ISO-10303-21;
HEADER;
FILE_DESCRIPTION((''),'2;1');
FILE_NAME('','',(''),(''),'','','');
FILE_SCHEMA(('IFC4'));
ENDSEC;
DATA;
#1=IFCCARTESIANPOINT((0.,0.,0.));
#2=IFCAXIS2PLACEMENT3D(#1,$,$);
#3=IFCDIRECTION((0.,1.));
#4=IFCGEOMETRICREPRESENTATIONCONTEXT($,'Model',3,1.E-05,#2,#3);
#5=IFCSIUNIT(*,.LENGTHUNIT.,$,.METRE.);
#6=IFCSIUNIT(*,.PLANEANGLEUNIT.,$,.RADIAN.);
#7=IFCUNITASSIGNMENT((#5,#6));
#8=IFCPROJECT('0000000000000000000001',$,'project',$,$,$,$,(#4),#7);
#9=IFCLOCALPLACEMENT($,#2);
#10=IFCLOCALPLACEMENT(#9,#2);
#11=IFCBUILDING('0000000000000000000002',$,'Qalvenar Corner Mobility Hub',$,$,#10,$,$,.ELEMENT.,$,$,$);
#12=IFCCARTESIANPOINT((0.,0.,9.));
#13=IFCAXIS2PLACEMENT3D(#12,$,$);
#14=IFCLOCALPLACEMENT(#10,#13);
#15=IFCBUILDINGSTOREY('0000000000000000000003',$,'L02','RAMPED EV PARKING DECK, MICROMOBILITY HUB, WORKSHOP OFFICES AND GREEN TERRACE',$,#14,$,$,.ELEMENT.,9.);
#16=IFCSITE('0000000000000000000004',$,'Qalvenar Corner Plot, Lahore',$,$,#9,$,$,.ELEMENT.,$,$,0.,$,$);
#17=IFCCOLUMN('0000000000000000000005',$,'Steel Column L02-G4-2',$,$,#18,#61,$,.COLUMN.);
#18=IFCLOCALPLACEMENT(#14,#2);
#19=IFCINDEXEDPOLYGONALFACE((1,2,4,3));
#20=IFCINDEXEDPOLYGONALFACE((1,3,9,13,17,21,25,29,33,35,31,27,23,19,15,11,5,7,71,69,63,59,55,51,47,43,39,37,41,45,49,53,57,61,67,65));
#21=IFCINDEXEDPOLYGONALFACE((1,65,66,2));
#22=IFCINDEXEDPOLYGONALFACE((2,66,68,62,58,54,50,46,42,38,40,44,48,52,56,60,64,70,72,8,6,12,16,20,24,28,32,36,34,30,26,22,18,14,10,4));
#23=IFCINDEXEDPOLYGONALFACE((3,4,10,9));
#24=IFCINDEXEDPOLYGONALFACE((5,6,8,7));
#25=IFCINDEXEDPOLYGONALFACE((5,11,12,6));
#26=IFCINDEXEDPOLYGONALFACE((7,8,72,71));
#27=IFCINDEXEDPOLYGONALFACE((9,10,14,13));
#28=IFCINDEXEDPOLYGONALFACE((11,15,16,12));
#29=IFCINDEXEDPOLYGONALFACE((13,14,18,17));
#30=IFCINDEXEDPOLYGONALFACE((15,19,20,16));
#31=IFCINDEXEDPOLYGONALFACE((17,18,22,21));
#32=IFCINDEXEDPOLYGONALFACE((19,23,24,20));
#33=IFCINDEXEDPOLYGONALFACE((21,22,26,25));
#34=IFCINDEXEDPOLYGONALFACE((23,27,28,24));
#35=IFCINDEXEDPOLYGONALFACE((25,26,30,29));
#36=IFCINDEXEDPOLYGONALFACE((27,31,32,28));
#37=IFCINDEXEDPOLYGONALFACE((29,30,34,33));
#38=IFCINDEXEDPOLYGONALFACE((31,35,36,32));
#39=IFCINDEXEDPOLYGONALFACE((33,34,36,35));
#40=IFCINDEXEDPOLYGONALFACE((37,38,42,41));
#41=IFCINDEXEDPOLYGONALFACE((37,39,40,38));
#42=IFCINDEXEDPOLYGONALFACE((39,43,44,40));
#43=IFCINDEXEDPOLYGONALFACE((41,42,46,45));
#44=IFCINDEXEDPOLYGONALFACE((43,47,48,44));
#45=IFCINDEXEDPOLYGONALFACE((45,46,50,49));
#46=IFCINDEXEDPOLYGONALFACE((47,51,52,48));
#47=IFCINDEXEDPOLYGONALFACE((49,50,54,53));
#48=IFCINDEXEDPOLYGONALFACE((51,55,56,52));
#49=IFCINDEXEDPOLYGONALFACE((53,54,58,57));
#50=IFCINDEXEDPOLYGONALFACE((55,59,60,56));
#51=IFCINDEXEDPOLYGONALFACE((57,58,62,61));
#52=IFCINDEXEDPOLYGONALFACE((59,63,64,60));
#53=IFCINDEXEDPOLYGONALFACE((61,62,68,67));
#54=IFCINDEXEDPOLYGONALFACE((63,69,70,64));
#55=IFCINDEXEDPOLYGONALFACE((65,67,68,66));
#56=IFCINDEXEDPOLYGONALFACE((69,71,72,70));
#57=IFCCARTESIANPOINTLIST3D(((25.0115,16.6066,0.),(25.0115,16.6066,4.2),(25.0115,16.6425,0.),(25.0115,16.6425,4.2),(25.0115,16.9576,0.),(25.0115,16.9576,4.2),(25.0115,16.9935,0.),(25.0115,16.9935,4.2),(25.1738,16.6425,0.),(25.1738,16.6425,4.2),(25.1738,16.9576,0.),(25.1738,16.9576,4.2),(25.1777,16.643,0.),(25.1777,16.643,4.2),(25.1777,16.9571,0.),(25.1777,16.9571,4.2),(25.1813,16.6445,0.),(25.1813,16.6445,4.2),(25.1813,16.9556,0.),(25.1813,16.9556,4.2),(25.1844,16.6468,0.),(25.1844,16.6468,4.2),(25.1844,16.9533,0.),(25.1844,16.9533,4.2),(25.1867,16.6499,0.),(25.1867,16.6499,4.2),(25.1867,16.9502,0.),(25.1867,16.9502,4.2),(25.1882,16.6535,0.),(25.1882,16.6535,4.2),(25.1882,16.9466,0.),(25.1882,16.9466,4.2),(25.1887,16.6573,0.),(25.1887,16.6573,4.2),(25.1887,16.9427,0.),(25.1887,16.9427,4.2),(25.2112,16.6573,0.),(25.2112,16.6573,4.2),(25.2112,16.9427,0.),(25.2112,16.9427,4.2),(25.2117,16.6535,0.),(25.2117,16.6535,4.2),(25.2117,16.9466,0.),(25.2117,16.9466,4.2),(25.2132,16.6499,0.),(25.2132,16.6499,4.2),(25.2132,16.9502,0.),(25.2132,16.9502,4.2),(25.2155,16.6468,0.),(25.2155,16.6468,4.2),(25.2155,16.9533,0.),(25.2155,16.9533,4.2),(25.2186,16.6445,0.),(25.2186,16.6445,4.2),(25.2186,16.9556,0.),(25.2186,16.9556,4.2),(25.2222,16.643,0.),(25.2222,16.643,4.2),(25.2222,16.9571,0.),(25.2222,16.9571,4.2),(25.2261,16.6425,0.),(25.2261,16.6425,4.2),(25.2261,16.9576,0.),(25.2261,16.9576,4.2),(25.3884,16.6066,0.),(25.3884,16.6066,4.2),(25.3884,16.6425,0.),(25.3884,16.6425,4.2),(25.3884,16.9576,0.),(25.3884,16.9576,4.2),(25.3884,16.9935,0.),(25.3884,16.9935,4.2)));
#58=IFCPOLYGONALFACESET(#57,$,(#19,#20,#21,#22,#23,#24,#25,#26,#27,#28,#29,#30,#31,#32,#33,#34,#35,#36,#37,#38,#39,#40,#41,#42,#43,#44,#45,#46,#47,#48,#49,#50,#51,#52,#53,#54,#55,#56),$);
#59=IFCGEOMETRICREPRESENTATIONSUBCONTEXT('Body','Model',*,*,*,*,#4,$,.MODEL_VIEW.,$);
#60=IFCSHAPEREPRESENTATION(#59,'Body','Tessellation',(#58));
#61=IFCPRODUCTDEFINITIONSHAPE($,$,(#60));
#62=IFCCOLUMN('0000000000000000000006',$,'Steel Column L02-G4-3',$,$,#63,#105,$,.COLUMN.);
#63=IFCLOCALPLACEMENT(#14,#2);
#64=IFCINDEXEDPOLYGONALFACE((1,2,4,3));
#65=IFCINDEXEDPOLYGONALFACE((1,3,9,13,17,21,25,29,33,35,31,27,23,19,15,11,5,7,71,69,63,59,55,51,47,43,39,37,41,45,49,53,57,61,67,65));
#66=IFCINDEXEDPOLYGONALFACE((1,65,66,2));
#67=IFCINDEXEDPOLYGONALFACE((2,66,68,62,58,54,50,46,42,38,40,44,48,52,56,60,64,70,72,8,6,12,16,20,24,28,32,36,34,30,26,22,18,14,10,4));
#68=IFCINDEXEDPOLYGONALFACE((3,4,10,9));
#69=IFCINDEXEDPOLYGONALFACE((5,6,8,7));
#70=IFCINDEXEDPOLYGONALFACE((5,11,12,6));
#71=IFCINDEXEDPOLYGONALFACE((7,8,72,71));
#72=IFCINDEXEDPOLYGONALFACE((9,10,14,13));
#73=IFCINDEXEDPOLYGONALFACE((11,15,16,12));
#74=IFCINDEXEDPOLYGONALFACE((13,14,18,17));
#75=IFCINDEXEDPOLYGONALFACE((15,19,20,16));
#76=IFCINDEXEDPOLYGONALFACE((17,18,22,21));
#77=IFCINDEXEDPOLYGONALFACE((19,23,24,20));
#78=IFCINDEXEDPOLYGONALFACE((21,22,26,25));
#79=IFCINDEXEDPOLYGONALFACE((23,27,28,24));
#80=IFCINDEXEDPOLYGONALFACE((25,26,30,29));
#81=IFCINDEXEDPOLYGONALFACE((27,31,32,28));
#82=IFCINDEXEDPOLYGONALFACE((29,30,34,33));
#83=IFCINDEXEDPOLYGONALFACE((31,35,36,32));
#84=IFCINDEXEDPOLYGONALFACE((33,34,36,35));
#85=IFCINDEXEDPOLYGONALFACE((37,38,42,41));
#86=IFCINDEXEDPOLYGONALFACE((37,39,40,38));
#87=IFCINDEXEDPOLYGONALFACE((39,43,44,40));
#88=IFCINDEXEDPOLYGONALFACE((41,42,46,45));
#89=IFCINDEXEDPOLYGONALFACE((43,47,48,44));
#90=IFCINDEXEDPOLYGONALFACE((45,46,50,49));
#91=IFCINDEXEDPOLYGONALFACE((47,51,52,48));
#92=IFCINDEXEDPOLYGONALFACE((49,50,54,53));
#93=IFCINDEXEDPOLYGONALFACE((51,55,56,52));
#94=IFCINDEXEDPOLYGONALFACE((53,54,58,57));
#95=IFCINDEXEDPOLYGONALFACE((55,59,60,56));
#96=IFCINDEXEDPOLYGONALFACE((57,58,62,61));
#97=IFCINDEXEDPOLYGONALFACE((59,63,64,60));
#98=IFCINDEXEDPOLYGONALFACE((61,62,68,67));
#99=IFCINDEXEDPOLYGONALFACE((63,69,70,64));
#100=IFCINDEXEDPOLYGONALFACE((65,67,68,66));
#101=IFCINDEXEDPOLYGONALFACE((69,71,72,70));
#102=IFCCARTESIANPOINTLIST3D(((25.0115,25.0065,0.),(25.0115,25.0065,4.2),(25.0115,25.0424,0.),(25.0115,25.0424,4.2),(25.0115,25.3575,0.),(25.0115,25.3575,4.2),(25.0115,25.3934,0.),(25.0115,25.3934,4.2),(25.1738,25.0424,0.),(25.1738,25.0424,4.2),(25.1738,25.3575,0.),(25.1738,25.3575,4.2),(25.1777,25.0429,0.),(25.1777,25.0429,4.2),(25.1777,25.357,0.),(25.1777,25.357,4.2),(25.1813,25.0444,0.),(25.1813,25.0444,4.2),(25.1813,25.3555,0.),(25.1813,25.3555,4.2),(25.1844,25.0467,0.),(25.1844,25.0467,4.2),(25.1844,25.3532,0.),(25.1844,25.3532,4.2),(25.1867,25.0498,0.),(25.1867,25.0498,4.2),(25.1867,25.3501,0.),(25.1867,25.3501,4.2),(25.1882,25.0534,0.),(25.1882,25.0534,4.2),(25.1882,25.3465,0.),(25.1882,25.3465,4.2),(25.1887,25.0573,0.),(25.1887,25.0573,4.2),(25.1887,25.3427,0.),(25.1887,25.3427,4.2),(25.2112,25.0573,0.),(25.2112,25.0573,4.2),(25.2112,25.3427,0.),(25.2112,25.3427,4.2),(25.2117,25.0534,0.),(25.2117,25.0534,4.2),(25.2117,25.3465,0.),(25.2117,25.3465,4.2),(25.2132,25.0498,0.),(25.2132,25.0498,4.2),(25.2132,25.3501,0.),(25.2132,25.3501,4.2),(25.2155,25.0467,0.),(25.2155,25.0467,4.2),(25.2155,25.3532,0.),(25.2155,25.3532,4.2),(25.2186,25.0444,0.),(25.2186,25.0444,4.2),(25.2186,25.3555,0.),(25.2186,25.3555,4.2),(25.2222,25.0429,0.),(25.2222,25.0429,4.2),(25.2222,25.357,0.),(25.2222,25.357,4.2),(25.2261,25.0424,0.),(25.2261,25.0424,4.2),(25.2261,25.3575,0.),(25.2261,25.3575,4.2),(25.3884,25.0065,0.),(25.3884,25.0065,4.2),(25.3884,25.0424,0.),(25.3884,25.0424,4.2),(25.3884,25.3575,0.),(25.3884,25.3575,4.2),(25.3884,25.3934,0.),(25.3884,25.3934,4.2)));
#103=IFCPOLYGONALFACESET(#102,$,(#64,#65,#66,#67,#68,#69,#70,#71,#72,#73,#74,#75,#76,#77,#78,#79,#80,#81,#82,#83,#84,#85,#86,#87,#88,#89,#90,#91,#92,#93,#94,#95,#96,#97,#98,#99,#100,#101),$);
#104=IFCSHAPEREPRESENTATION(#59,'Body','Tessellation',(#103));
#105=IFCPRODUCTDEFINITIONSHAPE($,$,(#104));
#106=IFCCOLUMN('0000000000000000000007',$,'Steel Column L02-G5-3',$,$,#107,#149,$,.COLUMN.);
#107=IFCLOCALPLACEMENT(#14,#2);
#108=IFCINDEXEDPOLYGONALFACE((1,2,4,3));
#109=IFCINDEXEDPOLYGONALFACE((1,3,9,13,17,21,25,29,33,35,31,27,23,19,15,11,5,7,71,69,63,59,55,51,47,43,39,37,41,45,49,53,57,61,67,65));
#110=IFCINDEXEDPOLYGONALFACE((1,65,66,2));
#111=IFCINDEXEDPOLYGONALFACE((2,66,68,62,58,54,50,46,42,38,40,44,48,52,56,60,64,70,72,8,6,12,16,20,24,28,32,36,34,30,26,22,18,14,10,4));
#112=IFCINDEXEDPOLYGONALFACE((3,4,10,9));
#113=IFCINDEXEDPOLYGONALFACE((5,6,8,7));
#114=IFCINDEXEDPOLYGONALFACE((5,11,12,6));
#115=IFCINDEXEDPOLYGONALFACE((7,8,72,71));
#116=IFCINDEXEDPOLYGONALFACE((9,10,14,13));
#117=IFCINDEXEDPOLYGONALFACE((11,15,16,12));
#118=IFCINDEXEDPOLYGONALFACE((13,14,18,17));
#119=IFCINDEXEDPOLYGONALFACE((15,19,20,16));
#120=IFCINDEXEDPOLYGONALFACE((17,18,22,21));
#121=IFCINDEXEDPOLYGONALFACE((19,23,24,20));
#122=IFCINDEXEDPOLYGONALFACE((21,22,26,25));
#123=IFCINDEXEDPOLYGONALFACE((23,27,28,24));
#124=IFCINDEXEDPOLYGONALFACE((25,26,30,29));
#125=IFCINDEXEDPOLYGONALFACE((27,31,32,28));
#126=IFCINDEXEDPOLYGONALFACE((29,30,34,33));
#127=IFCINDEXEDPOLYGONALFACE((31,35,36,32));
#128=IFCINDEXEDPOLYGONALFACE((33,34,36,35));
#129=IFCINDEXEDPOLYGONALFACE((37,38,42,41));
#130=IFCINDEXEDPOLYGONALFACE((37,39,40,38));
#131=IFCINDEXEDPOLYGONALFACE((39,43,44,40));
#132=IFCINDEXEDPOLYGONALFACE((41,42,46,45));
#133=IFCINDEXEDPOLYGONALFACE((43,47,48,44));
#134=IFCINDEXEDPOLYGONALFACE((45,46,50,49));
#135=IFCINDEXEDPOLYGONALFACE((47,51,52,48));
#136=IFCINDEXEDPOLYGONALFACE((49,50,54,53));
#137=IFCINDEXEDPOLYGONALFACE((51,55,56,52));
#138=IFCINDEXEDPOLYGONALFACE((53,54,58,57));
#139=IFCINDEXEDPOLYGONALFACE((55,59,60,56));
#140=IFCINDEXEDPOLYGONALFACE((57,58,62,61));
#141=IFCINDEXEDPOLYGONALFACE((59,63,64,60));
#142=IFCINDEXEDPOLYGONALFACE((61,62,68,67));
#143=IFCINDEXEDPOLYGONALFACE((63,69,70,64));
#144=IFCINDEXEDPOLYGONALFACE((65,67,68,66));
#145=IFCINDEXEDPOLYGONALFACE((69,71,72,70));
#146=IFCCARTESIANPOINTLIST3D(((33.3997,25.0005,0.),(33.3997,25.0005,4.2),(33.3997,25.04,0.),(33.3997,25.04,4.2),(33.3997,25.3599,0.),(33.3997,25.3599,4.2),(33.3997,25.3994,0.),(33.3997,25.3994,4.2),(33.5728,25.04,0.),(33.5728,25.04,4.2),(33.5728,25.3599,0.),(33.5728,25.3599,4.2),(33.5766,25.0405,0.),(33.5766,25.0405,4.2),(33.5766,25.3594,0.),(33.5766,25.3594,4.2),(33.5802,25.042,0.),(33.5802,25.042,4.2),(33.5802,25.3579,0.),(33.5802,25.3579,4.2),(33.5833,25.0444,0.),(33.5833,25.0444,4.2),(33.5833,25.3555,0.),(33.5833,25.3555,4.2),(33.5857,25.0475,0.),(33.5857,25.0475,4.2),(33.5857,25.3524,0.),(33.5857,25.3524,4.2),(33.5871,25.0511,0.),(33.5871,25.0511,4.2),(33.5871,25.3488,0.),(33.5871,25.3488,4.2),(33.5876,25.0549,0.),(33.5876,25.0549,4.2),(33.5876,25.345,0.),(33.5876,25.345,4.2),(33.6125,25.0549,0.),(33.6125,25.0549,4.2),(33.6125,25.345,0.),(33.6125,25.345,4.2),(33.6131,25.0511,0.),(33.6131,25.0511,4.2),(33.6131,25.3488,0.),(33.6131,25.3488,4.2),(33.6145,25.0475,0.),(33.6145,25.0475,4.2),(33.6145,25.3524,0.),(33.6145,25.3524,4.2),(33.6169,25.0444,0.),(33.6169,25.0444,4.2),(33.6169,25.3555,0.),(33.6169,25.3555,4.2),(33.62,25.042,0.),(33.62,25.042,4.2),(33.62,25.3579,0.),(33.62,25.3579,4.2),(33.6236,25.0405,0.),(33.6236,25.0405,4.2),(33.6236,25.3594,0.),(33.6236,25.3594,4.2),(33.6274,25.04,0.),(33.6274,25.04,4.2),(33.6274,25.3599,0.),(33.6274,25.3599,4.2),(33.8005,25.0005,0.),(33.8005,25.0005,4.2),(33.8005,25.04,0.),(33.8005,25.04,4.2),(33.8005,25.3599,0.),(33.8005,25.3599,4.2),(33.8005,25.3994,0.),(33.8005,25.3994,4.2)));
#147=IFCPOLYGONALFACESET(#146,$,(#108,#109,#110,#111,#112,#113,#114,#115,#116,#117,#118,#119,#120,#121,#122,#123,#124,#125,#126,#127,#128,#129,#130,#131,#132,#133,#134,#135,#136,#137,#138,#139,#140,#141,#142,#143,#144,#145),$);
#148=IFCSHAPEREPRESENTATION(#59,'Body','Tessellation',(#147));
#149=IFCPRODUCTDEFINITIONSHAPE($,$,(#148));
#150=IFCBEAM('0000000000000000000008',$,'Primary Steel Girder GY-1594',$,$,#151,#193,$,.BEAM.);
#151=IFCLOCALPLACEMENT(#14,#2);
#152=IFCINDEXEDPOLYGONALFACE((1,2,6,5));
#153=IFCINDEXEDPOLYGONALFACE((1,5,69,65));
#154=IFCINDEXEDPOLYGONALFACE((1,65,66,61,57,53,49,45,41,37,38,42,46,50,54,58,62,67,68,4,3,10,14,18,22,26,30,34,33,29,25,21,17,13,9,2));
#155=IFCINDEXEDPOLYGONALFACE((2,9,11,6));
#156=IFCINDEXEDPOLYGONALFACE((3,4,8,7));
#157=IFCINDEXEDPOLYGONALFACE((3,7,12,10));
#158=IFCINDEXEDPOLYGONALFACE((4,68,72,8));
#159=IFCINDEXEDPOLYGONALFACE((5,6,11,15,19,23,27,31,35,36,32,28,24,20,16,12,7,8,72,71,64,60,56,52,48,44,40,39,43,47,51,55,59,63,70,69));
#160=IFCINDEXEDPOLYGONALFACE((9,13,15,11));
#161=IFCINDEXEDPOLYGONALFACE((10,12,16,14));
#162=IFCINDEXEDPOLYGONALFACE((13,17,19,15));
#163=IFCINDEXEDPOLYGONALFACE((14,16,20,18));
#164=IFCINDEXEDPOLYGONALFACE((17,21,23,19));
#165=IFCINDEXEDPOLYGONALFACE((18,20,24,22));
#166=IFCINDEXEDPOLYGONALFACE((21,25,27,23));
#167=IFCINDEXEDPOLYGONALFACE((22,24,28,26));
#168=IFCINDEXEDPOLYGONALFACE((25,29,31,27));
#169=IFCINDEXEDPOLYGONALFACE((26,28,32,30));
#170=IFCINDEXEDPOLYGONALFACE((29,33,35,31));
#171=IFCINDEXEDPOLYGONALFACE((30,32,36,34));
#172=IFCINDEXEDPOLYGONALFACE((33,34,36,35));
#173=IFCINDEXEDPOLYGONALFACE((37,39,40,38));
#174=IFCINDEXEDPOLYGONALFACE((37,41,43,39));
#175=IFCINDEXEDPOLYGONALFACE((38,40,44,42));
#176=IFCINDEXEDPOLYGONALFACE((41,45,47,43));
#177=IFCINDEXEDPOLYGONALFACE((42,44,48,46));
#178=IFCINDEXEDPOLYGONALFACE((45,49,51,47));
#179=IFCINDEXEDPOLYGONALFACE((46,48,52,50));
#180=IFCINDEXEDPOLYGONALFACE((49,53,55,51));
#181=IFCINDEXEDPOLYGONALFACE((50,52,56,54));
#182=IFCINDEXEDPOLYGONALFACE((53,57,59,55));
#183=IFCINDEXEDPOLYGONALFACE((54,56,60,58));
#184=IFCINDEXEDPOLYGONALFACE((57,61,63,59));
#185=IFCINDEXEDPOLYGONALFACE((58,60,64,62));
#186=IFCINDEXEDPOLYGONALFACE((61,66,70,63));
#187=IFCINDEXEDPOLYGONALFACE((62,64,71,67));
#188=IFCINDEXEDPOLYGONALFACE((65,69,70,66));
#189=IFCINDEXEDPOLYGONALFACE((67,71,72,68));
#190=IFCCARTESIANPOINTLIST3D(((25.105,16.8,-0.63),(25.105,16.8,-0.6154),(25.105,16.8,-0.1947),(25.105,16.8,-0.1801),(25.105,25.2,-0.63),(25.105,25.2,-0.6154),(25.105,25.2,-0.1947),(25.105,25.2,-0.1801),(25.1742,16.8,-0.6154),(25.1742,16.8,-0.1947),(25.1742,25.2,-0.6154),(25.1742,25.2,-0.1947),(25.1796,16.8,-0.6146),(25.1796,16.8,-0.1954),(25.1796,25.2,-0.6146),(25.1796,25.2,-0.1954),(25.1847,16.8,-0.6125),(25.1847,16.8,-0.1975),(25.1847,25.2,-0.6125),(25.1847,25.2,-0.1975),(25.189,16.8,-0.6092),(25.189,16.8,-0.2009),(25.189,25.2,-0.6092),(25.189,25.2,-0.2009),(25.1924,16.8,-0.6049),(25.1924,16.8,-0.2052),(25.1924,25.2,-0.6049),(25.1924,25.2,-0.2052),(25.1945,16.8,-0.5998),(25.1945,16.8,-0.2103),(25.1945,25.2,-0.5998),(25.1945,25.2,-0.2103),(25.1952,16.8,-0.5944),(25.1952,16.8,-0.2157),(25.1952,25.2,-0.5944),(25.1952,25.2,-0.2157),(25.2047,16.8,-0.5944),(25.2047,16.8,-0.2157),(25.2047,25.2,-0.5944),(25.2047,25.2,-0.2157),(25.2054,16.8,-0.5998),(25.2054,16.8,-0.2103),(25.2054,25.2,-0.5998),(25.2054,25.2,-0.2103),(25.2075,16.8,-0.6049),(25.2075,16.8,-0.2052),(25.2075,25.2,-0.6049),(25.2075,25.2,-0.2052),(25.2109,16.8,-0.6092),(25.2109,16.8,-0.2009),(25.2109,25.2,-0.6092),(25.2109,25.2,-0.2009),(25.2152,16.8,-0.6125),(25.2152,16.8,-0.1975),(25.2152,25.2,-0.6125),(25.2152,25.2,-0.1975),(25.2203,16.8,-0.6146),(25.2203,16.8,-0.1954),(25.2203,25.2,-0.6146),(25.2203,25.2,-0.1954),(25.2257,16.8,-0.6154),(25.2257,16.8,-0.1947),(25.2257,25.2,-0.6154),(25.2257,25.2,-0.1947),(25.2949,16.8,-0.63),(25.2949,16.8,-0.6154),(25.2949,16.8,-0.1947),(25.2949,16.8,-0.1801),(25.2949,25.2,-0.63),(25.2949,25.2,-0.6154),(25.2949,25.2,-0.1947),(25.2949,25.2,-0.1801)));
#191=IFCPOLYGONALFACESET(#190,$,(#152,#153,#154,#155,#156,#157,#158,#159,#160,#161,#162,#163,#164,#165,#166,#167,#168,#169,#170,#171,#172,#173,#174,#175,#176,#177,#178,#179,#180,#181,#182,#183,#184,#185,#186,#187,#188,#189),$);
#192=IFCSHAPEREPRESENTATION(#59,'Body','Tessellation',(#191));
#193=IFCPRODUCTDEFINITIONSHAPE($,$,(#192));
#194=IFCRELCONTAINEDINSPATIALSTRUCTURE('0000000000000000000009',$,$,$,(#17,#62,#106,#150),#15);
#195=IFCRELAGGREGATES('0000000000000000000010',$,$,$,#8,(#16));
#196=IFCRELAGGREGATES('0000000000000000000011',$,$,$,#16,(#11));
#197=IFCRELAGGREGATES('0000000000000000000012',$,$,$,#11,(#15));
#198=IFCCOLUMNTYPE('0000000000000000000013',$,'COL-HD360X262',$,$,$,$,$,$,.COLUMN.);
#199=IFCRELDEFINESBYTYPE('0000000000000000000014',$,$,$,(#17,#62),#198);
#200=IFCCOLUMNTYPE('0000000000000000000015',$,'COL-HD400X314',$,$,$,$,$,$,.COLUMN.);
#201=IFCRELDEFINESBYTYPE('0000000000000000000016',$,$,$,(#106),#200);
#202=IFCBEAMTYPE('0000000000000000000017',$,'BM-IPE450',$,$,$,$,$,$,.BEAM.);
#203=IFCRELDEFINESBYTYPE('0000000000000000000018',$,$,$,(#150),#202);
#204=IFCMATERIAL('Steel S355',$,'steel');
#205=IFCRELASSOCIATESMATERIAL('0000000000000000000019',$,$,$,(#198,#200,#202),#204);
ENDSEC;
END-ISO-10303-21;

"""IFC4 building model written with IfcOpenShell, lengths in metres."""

from ifc_helpers import new_model, si_unit, direction, frame, origin, origin_2d, place, context, subcontext, project, spatial, i_section, extrude, material, material_profile, profile_set, type_object, element, save


model = new_model("IFC4")

# Units and contexts
model_context = context("Model", 3, precision=1e-05, world=origin(), true_north=direction((0.0, 1.0)))
body_context = subcontext(model_context, "Body", "Model", "MODEL_VIEW")
ifc_project = project(units=[si_unit("LENGTHUNIT", "METRE"), si_unit("PLANEANGLEUNIT", "RADIAN")], contexts=[model_context])

# Site, building, storey
site_placement = place(None, origin())
site = spatial("IfcSite", under=ifc_project, at=site_placement, Name="Qalvenar Corner Plot, Lahore", CompositionType="ELEMENT", RefElevation=0.0)
building_placement = place(site_placement, origin())
building = spatial("IfcBuilding", under=site, at=building_placement, Name="Qalvenar Corner Mobility Hub", CompositionType="ELEMENT")
storey_placement = place(building_placement, frame((0.0, 0.0, 9.0)))
storey = spatial("IfcBuildingStorey", under=building, at=storey_placement, Name="L02", Description="RAMPED EV PARKING DECK, MICROMOBILITY HUB, WORKSHOP OFFICES AND GREEN TERRACE", CompositionType="ELEMENT", Elevation=9.0)

# Columns
ifc_material_1 = material(Name="Steel S355", Category="steel")
ifc_material_profile_1 = material_profile(ifc_material_1, i_section(OverallWidth=0.377, OverallDepth=0.387, WebThickness=0.0225, FlangeThickness=0.0359, FilletRadius=0.0149, at=origin_2d()), Name="HD360x262")
ifc_profile_set_1 = profile_set([ifc_material_profile_1], Name="Steel S355")
column_type_1 = type_object("IfcColumnType", Name="COL-HD360X262", PredefinedType="COLUMN", material=ifc_profile_set_1)
for number, where, z_axis, x_axis, name in (
    (1, (25.2, 16.8, 0.0), (0.0, 0.0, 1.0), (1.0, 0.0, 0.0), "Steel Column L02-G4-2"),
    (2, (25.2, 25.2, 0.0), (0.0, 0.0, 1.0), (1.0, 0.0, 0.0), "Steel Column L02-G4-3"),
):
    element("IfcColumn", number, at=place(storey_placement, frame(where, z_axis=z_axis, x_axis=x_axis)), inside=storey, type_object=column_type_1, Name=name, PredefinedType="COLUMN", context=body_context, shape_type="SweptSolid", body=[
        extrude(i_section(OverallWidth=0.377, OverallDepth=0.387, WebThickness=0.0225, FlangeThickness=0.0359, FilletRadius=0.0149, at=origin_2d()), origin(), (0.0, 0.0, 1.0), 4.2),
    ])
ifc_material_profile_2 = material_profile(ifc_material_1, i_section(OverallWidth=0.4009, OverallDepth=0.3989, WebThickness=0.0249, FlangeThickness=0.0396, FilletRadius=0.0149, at=origin_2d()), Name="HD400x314")
ifc_profile_set_2 = profile_set([ifc_material_profile_2], Name="Steel S355")
column_type_2 = type_object("IfcColumnType", Name="COL-HD400X314", PredefinedType="COLUMN", material=ifc_profile_set_2)
column_placement = place(storey_placement, frame((33.6001, 25.2, 0.0), z_axis=(0.0, 0.0, 1.0), x_axis=(1.0, 0.0, 0.0)))
element("IfcColumn", 3, at=column_placement, inside=storey, type_object=column_type_2, Name="Steel Column L02-G5-3", PredefinedType="COLUMN", context=body_context, shape_type="SweptSolid", body=[
    extrude(i_section(OverallWidth=0.4009, OverallDepth=0.3989, WebThickness=0.0249, FlangeThickness=0.0396, FilletRadius=0.0149, at=origin_2d()), origin(), (0.0, 0.0, 1.0), 4.2),
])

# Beam
ifc_material_profile_3 = material_profile(ifc_material_1, i_section(OverallWidth=0.1899, OverallDepth=0.45, WebThickness=0.0095, FlangeThickness=0.0146, FilletRadius=0.021, at=origin_2d()), Name="IPE450")
ifc_profile_set_3 = profile_set([ifc_material_profile_3], Name="Steel S355")
beam_type_1 = type_object("IfcBeamType", Name="BM-IPE450", PredefinedType="BEAM", material=ifc_profile_set_3)
beam_1_placement = place(storey_placement, frame((25.2, 16.8, -0.405), z_axis=(0.0, 1.0, 0.0), x_axis=(-1.0, 0.0, 0.0)))
element("IfcBeam", 4, at=beam_1_placement, inside=storey, type_object=beam_type_1, Name="Primary Steel Girder GY-1594", PredefinedType="BEAM", context=body_context, shape_type="SweptSolid", body=[
    extrude(i_section(OverallWidth=0.1899, OverallDepth=0.45, WebThickness=0.0095, FlangeThickness=0.0146, FilletRadius=0.021, at=origin_2d()), origin(), (0.0, 0.0, 1.0), 8.3999),
])

save(model, "model.ifc")
